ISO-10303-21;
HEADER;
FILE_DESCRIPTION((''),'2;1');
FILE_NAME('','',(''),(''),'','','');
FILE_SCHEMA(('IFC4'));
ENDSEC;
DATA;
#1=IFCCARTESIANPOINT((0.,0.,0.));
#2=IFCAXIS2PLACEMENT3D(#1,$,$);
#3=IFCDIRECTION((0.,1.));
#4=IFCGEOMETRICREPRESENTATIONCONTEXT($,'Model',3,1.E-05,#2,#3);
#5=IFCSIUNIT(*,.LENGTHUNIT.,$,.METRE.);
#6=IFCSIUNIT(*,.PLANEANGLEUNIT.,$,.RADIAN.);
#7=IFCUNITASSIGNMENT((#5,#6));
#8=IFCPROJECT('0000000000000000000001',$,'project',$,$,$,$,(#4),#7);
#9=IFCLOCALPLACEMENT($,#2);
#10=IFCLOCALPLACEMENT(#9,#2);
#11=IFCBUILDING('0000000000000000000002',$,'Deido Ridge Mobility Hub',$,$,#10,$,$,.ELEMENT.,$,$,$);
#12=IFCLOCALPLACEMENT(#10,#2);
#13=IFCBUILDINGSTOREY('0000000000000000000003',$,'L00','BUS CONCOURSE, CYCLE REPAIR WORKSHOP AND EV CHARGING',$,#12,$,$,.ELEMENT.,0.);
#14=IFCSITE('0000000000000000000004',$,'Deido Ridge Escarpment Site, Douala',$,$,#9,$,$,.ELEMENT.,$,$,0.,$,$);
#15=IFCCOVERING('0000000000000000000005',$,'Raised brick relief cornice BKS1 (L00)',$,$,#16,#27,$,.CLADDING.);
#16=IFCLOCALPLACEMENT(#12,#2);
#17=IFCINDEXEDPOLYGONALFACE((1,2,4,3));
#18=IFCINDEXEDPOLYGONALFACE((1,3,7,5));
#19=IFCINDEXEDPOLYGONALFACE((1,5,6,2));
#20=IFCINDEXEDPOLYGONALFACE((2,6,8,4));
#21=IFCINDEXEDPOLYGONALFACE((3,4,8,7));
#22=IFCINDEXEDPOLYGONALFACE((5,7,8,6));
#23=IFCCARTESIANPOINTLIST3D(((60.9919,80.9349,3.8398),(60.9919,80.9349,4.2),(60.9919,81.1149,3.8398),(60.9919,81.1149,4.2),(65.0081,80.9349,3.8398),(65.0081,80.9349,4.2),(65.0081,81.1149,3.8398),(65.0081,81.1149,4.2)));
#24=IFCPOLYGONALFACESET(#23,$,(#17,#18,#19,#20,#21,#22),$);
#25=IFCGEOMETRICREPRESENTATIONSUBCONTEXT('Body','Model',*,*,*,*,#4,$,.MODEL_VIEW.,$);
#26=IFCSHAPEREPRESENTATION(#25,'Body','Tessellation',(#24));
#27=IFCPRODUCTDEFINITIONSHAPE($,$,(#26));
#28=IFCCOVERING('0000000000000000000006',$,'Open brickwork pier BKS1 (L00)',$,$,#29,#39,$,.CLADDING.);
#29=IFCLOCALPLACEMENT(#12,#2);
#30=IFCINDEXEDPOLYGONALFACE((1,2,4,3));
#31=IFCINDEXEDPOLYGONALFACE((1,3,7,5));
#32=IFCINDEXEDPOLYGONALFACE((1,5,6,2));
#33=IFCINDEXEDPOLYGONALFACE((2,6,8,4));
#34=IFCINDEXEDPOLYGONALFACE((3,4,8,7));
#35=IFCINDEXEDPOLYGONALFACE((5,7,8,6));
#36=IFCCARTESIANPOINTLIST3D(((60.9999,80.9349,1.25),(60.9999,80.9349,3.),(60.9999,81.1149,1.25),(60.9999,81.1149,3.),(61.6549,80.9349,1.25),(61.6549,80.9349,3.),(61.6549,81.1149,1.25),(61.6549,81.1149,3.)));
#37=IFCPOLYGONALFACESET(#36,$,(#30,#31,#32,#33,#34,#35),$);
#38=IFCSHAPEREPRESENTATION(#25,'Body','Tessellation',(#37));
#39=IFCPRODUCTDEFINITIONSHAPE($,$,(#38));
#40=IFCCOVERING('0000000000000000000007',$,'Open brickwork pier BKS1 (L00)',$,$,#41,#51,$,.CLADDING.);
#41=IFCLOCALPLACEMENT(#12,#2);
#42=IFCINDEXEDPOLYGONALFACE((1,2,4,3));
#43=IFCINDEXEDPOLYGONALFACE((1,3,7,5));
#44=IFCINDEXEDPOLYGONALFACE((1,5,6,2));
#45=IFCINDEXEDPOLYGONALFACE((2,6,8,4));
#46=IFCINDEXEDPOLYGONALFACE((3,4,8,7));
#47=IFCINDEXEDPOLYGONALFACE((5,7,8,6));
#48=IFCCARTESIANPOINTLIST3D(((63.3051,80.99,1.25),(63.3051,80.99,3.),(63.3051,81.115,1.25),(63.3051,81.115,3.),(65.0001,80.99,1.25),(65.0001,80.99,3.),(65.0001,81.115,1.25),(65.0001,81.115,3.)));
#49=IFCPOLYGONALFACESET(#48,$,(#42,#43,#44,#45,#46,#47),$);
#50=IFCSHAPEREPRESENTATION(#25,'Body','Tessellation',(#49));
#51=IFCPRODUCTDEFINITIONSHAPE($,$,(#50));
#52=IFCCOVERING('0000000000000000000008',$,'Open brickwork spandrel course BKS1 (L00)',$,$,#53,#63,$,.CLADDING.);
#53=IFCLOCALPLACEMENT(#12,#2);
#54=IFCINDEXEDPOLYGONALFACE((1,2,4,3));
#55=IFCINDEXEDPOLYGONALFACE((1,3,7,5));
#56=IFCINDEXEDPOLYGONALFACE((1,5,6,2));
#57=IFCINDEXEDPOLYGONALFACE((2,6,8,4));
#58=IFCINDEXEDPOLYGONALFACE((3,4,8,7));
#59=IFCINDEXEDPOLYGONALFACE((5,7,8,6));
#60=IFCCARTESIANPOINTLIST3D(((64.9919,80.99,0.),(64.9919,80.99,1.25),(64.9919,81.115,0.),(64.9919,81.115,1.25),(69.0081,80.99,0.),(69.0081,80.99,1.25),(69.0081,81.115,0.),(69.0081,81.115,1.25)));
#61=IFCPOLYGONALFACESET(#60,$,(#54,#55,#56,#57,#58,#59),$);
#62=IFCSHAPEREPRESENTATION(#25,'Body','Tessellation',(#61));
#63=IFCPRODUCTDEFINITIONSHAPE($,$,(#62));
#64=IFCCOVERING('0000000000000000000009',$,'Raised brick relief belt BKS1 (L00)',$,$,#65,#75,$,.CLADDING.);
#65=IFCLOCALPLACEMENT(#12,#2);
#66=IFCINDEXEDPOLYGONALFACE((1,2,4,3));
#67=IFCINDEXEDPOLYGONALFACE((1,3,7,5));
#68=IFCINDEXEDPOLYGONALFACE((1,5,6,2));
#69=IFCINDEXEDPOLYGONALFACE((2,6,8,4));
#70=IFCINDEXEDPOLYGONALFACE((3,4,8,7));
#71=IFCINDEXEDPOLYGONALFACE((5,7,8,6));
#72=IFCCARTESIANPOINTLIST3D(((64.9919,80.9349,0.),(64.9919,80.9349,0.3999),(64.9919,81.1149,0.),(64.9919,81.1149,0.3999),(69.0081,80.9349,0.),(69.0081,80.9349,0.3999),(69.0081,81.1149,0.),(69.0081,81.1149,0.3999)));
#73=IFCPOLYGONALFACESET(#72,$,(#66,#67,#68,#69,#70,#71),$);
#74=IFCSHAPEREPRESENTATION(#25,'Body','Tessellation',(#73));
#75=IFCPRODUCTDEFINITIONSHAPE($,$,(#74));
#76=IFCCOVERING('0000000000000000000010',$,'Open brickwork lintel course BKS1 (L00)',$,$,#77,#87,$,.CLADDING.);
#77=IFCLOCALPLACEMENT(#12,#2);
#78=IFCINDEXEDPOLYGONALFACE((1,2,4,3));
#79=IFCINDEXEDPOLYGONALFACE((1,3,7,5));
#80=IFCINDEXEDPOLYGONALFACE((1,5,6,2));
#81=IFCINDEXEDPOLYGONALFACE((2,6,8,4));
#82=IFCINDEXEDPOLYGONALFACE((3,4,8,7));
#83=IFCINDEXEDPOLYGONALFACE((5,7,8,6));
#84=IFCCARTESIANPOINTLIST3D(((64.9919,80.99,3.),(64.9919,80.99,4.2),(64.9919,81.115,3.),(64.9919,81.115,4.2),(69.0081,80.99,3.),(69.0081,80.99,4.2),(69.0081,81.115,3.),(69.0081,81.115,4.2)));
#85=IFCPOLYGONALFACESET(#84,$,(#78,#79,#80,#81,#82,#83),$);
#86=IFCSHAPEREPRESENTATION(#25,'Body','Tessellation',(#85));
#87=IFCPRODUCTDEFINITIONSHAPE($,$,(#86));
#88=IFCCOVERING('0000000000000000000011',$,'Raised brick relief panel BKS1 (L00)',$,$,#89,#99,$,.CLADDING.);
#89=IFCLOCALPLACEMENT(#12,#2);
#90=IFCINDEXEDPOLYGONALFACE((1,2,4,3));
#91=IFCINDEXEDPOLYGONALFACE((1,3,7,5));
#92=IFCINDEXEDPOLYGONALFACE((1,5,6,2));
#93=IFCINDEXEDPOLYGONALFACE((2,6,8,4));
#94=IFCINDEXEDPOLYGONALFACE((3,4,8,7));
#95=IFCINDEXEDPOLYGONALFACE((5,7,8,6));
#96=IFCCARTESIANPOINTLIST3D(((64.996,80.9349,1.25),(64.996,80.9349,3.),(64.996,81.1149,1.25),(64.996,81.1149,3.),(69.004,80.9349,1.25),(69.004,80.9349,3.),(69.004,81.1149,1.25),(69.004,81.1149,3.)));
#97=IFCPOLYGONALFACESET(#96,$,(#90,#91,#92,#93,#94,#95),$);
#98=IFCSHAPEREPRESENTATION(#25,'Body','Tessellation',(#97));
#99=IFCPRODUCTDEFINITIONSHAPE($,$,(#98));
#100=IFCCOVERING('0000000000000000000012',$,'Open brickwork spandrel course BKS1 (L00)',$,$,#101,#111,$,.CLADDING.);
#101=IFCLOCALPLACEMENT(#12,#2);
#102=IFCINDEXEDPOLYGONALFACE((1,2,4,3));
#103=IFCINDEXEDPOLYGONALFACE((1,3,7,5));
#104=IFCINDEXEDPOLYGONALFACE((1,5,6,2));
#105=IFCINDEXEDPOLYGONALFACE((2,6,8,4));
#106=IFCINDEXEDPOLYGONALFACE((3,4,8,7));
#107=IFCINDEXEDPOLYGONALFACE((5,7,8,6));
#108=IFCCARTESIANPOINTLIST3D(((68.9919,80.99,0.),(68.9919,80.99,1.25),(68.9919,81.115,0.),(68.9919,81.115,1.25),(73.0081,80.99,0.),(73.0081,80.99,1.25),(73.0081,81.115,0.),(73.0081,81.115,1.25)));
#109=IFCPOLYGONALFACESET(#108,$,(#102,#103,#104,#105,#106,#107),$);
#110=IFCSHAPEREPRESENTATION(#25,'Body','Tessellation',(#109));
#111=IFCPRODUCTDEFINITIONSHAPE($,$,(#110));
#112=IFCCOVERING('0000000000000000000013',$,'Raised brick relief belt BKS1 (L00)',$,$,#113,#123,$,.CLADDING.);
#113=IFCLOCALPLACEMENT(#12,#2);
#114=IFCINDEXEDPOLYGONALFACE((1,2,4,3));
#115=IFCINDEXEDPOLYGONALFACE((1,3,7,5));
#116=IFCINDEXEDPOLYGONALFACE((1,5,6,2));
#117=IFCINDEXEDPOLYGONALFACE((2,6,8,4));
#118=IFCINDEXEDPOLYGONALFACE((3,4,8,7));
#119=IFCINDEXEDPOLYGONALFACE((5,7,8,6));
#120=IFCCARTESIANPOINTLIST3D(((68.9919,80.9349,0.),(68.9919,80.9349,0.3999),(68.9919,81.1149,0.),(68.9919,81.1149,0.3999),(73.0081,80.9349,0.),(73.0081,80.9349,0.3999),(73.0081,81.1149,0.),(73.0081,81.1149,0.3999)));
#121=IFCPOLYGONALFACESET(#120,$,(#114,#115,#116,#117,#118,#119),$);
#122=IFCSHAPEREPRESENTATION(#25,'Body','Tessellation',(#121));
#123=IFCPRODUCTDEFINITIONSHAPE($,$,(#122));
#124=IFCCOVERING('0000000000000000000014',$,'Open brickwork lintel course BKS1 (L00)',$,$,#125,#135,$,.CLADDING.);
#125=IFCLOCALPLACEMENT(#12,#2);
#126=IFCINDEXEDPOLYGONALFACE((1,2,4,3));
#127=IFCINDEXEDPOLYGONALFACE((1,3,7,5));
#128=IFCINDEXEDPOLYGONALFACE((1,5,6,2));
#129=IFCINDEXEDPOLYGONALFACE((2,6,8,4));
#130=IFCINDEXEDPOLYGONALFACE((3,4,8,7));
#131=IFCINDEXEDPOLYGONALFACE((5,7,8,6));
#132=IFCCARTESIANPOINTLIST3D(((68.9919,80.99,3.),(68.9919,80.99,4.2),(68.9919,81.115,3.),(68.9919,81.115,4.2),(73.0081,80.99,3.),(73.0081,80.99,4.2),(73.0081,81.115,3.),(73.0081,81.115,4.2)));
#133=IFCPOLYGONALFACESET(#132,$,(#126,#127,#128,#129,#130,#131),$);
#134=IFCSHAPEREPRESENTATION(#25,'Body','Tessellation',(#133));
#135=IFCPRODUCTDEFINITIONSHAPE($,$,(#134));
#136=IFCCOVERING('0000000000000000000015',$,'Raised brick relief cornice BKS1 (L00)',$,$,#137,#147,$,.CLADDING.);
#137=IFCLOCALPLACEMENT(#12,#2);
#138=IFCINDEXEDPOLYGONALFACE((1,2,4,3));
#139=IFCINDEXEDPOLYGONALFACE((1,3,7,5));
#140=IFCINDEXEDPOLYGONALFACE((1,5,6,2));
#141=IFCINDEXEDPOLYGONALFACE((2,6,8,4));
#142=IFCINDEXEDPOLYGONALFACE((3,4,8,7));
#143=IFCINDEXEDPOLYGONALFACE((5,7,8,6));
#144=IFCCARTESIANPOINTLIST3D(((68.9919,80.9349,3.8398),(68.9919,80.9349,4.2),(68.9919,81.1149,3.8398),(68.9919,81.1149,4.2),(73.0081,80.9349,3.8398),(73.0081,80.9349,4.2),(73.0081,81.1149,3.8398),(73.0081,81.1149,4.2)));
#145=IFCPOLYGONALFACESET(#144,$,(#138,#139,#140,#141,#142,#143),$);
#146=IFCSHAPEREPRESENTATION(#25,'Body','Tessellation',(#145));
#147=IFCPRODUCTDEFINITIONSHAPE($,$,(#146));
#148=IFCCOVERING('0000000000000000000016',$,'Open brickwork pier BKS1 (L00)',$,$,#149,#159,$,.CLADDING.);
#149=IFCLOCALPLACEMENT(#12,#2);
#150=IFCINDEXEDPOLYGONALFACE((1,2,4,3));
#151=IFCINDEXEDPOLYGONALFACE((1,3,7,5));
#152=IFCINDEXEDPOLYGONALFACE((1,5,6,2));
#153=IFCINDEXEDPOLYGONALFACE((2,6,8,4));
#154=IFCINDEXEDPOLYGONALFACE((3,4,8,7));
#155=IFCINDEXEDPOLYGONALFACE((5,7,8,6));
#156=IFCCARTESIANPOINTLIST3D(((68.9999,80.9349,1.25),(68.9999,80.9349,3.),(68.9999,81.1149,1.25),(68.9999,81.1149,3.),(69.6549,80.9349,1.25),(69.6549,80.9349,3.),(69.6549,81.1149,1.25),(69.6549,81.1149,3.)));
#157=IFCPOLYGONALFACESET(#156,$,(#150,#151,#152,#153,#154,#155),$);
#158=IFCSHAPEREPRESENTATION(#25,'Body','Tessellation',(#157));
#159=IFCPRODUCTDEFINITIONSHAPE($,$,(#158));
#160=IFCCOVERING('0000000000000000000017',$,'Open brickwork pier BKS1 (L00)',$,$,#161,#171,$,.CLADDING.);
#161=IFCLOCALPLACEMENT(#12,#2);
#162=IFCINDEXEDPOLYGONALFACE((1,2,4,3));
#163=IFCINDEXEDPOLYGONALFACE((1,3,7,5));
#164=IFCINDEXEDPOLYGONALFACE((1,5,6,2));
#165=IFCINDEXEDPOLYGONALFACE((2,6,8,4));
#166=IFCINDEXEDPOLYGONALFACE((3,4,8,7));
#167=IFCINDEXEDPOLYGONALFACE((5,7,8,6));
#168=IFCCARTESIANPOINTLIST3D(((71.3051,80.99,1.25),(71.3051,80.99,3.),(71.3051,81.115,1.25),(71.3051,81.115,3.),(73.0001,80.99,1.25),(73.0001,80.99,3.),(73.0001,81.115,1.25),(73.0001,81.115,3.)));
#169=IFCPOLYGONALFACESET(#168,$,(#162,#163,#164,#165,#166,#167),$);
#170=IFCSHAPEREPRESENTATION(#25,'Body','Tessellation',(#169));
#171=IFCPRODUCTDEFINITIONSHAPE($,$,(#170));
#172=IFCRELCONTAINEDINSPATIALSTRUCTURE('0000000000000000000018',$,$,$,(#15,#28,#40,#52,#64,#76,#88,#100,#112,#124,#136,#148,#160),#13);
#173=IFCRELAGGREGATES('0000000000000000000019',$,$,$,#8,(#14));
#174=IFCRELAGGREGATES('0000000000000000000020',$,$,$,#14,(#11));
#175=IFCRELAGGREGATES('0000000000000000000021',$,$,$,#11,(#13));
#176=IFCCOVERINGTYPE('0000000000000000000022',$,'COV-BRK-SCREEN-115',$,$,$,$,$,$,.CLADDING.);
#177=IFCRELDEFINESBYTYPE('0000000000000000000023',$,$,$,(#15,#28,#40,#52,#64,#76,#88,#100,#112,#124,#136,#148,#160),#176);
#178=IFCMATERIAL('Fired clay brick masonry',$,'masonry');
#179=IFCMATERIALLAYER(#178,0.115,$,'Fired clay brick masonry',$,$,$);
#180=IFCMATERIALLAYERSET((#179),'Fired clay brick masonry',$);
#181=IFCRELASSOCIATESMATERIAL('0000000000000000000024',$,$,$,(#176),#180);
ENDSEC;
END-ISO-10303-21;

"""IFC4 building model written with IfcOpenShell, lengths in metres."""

from ifc_helpers import new_model, si_unit, direction, frame, origin, origin_2d, place, context, subcontext, project, spatial, rectangle, extrude, material, layer, layer_set, type_object, element, save


model = new_model("IFC4")

# Units and contexts
model_context = context("Model", 3, precision=1e-05, world=origin(), true_north=direction((0.0, 1.0)))
body_context = subcontext(model_context, "Body", "Model", "MODEL_VIEW")
ifc_project = project(units=[si_unit("LENGTHUNIT", "METRE"), si_unit("PLANEANGLEUNIT", "RADIAN")], contexts=[model_context])

# Site, building, storey
site_placement = place(None, origin())
site = spatial("IfcSite", under=ifc_project, at=site_placement, Name="Deido Ridge Escarpment Site, Douala", CompositionType="ELEMENT", RefElevation=0.0)
building_placement = place(site_placement, origin())
building = spatial("IfcBuilding", under=site, at=building_placement, Name="Deido Ridge Mobility Hub", CompositionType="ELEMENT")
storey_placement = place(building_placement, origin())
storey = spatial("IfcBuildingStorey", under=building, at=storey_placement, Name="L00", Description="BUS CONCOURSE, CYCLE REPAIR WORKSHOP AND EV CHARGING", CompositionType="ELEMENT", Elevation=0.0)

# Coverings
ifc_material_1 = material(Name="Fired clay brick masonry", Category="masonry")
ifc_layer_1 = layer(ifc_material_1, 0.115, Name="Fired clay brick masonry")
ifc_layer_set_1 = layer_set([ifc_layer_1], Name="Fired clay brick masonry")
covering_type = type_object("IfcCoveringType", Name="COV-BRK-SCREEN-115", PredefinedType="CLADDING", material=ifc_layer_set_1)
covering_1_placement = place(storey_placement, frame((63.0, 81.0249, 3.8398), z_axis=(0.0, 0.0, 1.0), x_axis=(1.0, 0.0, 0.0)))
element("IfcCovering", 1, at=covering_1_placement, inside=storey, type_object=covering_type, Name="Raised brick relief cornice BKS1 (L00)", PredefinedType="CLADDING", context=body_context, shape_type="SweptSolid", body=[
    extrude(rectangle(XDim=4.0161, YDim=0.1799, at=origin_2d()), origin(), (0.0, 0.0, 1.0), 0.3601),
])
covering_2_placement = place(storey_placement, frame((61.3274, 81.0249, 1.25), z_axis=(0.0, 0.0, 1.0), x_axis=(1.0, 0.0, 0.0)))
element("IfcCovering", 2, at=covering_2_placement, inside=storey, type_object=covering_type, Name="Open brickwork pier BKS1 (L00)", PredefinedType="CLADDING", context=body_context, shape_type="SweptSolid", body=[
    extrude(rectangle(XDim=0.655, YDim=0.1799, at=origin_2d()), origin(), (0.0, 0.0, 1.0), 1.75),
])
covering_3_placement = place(storey_placement, frame((64.1526, 81.0525, 1.25), z_axis=(0.0, 0.0, 1.0), x_axis=(1.0, 0.0, 0.0)))
element("IfcCovering", 3, at=covering_3_placement, inside=storey, type_object=covering_type, Name="Open brickwork pier BKS1 (L00)", PredefinedType="CLADDING", context=body_context, shape_type="SweptSolid", body=[
    extrude(rectangle(XDim=1.6951, YDim=0.125, at=origin_2d()), origin(), (0.0, 0.0, 1.0), 1.75),
])
covering_4_placement = place(storey_placement, frame((67.0, 81.0525, 0.0), z_axis=(0.0, 0.0, 1.0), x_axis=(1.0, 0.0, 0.0)))
element("IfcCovering", 4, at=covering_4_placement, inside=storey, type_object=covering_type, Name="Open brickwork spandrel course BKS1 (L00)", PredefinedType="CLADDING", context=body_context, shape_type="SweptSolid", body=[
    extrude(rectangle(XDim=4.0161, YDim=0.125, at=origin_2d()), origin(), (0.0, 0.0, 1.0), 1.25),
])
covering_5_placement = place(storey_placement, frame((67.0, 81.0249, 0.0), z_axis=(0.0, 0.0, 1.0), x_axis=(1.0, 0.0, 0.0)))
element("IfcCovering", 5, at=covering_5_placement, inside=storey, type_object=covering_type, Name="Raised brick relief belt BKS1 (L00)", PredefinedType="CLADDING", context=body_context, shape_type="SweptSolid", body=[
    extrude(rectangle(XDim=4.0161, YDim=0.1799, at=origin_2d()), origin(), (0.0, 0.0, 1.0), 0.3999),
])
covering_6_placement = place(storey_placement, frame((67.0, 81.0525, 3.0), z_axis=(0.0, 0.0, 1.0), x_axis=(1.0, 0.0, 0.0)))
element("IfcCovering", 6, at=covering_6_placement, inside=storey, type_object=covering_type, Name="Open brickwork lintel course BKS1 (L00)", PredefinedType="CLADDING", context=body_context, shape_type="SweptSolid", body=[
    extrude(rectangle(XDim=4.0161, YDim=0.125, at=origin_2d()), origin(), (0.0, 0.0, 1.0), 1.2),
])
covering_7_placement = place(storey_placement, frame((67.0, 81.0249, 1.25), z_axis=(0.0, 0.0, 1.0), x_axis=(1.0, 0.0, 0.0)))
element("IfcCovering", 7, at=covering_7_placement, inside=storey, type_object=covering_type, Name="Raised brick relief panel BKS1 (L00)", PredefinedType="CLADDING", context=body_context, shape_type="SweptSolid", body=[
    extrude(rectangle(XDim=4.0081, YDim=0.1799, at=origin_2d()), origin(), (0.0, 0.0, 1.0), 1.75),
])
covering_8_placement = place(storey_placement, frame((71.0, 81.0525, 0.0), z_axis=(0.0, 0.0, 1.0), x_axis=(1.0, 0.0, 0.0)))
element("IfcCovering", 8, at=covering_8_placement, inside=storey, type_object=covering_type, Name="Open brickwork spandrel course BKS1 (L00)", PredefinedType="CLADDING", context=body_context, shape_type="SweptSolid", body=[
    extrude(rectangle(XDim=4.0161, YDim=0.125, at=origin_2d()), origin(), (0.0, 0.0, 1.0), 1.25),
])
covering_9_placement = place(storey_placement, frame((71.0, 81.0249, 0.0), z_axis=(0.0, 0.0, 1.0), x_axis=(1.0, 0.0, 0.0)))
element("IfcCovering", 9, at=covering_9_placement, inside=storey, type_object=covering_type, Name="Raised brick relief belt BKS1 (L00)", PredefinedType="CLADDING", context=body_context, shape_type="SweptSolid", body=[
    extrude(rectangle(XDim=4.0161, YDim=0.1799, at=origin_2d()), origin(), (0.0, 0.0, 1.0), 0.3999),
])
covering_10_placement = place(storey_placement, frame((71.0, 81.0525, 3.0), z_axis=(0.0, 0.0, 1.0), x_axis=(1.0, 0.0, 0.0)))
element("IfcCovering", 10, at=covering_10_placement, inside=storey, type_object=covering_type, Name="Open brickwork lintel course BKS1 (L00)", PredefinedType="CLADDING", context=body_context, shape_type="SweptSolid", body=[
    extrude(rectangle(XDim=4.0161, YDim=0.125, at=origin_2d()), origin(), (0.0, 0.0, 1.0), 1.2),
])
covering_11_placement = place(storey_placement, frame((71.0, 81.0249, 3.8398), z_axis=(0.0, 0.0, 1.0), x_axis=(1.0, 0.0, 0.0)))
element("IfcCovering", 11, at=covering_11_placement, inside=storey, type_object=covering_type, Name="Raised brick relief cornice BKS1 (L00)", PredefinedType="CLADDING", context=body_context, shape_type="SweptSolid", body=[
    extrude(rectangle(XDim=4.0161, YDim=0.1799, at=origin_2d()), origin(), (0.0, 0.0, 1.0), 0.3601),
])
covering_12_placement = place(storey_placement, frame((69.3274, 81.0249, 1.25), z_axis=(0.0, 0.0, 1.0), x_axis=(1.0, 0.0, 0.0)))
element("IfcCovering", 12, at=covering_12_placement, inside=storey, type_object=covering_type, Name="Open brickwork pier BKS1 (L00)", PredefinedType="CLADDING", context=body_context, shape_type="SweptSolid", body=[
    extrude(rectangle(XDim=0.655, YDim=0.1799, at=origin_2d()), origin(), (0.0, 0.0, 1.0), 1.75),
])
covering_13_placement = place(storey_placement, frame((72.1526, 81.0525, 1.25), z_axis=(0.0, 0.0, 1.0), x_axis=(1.0, 0.0, 0.0)))
element("IfcCovering", 13, at=covering_13_placement, inside=storey, type_object=covering_type, Name="Open brickwork pier BKS1 (L00)", PredefinedType="CLADDING", context=body_context, shape_type="SweptSolid", body=[
    extrude(rectangle(XDim=1.6951, YDim=0.125, at=origin_2d()), origin(), (0.0, 0.0, 1.0), 1.75),
])

save(model, "model.ifc")
